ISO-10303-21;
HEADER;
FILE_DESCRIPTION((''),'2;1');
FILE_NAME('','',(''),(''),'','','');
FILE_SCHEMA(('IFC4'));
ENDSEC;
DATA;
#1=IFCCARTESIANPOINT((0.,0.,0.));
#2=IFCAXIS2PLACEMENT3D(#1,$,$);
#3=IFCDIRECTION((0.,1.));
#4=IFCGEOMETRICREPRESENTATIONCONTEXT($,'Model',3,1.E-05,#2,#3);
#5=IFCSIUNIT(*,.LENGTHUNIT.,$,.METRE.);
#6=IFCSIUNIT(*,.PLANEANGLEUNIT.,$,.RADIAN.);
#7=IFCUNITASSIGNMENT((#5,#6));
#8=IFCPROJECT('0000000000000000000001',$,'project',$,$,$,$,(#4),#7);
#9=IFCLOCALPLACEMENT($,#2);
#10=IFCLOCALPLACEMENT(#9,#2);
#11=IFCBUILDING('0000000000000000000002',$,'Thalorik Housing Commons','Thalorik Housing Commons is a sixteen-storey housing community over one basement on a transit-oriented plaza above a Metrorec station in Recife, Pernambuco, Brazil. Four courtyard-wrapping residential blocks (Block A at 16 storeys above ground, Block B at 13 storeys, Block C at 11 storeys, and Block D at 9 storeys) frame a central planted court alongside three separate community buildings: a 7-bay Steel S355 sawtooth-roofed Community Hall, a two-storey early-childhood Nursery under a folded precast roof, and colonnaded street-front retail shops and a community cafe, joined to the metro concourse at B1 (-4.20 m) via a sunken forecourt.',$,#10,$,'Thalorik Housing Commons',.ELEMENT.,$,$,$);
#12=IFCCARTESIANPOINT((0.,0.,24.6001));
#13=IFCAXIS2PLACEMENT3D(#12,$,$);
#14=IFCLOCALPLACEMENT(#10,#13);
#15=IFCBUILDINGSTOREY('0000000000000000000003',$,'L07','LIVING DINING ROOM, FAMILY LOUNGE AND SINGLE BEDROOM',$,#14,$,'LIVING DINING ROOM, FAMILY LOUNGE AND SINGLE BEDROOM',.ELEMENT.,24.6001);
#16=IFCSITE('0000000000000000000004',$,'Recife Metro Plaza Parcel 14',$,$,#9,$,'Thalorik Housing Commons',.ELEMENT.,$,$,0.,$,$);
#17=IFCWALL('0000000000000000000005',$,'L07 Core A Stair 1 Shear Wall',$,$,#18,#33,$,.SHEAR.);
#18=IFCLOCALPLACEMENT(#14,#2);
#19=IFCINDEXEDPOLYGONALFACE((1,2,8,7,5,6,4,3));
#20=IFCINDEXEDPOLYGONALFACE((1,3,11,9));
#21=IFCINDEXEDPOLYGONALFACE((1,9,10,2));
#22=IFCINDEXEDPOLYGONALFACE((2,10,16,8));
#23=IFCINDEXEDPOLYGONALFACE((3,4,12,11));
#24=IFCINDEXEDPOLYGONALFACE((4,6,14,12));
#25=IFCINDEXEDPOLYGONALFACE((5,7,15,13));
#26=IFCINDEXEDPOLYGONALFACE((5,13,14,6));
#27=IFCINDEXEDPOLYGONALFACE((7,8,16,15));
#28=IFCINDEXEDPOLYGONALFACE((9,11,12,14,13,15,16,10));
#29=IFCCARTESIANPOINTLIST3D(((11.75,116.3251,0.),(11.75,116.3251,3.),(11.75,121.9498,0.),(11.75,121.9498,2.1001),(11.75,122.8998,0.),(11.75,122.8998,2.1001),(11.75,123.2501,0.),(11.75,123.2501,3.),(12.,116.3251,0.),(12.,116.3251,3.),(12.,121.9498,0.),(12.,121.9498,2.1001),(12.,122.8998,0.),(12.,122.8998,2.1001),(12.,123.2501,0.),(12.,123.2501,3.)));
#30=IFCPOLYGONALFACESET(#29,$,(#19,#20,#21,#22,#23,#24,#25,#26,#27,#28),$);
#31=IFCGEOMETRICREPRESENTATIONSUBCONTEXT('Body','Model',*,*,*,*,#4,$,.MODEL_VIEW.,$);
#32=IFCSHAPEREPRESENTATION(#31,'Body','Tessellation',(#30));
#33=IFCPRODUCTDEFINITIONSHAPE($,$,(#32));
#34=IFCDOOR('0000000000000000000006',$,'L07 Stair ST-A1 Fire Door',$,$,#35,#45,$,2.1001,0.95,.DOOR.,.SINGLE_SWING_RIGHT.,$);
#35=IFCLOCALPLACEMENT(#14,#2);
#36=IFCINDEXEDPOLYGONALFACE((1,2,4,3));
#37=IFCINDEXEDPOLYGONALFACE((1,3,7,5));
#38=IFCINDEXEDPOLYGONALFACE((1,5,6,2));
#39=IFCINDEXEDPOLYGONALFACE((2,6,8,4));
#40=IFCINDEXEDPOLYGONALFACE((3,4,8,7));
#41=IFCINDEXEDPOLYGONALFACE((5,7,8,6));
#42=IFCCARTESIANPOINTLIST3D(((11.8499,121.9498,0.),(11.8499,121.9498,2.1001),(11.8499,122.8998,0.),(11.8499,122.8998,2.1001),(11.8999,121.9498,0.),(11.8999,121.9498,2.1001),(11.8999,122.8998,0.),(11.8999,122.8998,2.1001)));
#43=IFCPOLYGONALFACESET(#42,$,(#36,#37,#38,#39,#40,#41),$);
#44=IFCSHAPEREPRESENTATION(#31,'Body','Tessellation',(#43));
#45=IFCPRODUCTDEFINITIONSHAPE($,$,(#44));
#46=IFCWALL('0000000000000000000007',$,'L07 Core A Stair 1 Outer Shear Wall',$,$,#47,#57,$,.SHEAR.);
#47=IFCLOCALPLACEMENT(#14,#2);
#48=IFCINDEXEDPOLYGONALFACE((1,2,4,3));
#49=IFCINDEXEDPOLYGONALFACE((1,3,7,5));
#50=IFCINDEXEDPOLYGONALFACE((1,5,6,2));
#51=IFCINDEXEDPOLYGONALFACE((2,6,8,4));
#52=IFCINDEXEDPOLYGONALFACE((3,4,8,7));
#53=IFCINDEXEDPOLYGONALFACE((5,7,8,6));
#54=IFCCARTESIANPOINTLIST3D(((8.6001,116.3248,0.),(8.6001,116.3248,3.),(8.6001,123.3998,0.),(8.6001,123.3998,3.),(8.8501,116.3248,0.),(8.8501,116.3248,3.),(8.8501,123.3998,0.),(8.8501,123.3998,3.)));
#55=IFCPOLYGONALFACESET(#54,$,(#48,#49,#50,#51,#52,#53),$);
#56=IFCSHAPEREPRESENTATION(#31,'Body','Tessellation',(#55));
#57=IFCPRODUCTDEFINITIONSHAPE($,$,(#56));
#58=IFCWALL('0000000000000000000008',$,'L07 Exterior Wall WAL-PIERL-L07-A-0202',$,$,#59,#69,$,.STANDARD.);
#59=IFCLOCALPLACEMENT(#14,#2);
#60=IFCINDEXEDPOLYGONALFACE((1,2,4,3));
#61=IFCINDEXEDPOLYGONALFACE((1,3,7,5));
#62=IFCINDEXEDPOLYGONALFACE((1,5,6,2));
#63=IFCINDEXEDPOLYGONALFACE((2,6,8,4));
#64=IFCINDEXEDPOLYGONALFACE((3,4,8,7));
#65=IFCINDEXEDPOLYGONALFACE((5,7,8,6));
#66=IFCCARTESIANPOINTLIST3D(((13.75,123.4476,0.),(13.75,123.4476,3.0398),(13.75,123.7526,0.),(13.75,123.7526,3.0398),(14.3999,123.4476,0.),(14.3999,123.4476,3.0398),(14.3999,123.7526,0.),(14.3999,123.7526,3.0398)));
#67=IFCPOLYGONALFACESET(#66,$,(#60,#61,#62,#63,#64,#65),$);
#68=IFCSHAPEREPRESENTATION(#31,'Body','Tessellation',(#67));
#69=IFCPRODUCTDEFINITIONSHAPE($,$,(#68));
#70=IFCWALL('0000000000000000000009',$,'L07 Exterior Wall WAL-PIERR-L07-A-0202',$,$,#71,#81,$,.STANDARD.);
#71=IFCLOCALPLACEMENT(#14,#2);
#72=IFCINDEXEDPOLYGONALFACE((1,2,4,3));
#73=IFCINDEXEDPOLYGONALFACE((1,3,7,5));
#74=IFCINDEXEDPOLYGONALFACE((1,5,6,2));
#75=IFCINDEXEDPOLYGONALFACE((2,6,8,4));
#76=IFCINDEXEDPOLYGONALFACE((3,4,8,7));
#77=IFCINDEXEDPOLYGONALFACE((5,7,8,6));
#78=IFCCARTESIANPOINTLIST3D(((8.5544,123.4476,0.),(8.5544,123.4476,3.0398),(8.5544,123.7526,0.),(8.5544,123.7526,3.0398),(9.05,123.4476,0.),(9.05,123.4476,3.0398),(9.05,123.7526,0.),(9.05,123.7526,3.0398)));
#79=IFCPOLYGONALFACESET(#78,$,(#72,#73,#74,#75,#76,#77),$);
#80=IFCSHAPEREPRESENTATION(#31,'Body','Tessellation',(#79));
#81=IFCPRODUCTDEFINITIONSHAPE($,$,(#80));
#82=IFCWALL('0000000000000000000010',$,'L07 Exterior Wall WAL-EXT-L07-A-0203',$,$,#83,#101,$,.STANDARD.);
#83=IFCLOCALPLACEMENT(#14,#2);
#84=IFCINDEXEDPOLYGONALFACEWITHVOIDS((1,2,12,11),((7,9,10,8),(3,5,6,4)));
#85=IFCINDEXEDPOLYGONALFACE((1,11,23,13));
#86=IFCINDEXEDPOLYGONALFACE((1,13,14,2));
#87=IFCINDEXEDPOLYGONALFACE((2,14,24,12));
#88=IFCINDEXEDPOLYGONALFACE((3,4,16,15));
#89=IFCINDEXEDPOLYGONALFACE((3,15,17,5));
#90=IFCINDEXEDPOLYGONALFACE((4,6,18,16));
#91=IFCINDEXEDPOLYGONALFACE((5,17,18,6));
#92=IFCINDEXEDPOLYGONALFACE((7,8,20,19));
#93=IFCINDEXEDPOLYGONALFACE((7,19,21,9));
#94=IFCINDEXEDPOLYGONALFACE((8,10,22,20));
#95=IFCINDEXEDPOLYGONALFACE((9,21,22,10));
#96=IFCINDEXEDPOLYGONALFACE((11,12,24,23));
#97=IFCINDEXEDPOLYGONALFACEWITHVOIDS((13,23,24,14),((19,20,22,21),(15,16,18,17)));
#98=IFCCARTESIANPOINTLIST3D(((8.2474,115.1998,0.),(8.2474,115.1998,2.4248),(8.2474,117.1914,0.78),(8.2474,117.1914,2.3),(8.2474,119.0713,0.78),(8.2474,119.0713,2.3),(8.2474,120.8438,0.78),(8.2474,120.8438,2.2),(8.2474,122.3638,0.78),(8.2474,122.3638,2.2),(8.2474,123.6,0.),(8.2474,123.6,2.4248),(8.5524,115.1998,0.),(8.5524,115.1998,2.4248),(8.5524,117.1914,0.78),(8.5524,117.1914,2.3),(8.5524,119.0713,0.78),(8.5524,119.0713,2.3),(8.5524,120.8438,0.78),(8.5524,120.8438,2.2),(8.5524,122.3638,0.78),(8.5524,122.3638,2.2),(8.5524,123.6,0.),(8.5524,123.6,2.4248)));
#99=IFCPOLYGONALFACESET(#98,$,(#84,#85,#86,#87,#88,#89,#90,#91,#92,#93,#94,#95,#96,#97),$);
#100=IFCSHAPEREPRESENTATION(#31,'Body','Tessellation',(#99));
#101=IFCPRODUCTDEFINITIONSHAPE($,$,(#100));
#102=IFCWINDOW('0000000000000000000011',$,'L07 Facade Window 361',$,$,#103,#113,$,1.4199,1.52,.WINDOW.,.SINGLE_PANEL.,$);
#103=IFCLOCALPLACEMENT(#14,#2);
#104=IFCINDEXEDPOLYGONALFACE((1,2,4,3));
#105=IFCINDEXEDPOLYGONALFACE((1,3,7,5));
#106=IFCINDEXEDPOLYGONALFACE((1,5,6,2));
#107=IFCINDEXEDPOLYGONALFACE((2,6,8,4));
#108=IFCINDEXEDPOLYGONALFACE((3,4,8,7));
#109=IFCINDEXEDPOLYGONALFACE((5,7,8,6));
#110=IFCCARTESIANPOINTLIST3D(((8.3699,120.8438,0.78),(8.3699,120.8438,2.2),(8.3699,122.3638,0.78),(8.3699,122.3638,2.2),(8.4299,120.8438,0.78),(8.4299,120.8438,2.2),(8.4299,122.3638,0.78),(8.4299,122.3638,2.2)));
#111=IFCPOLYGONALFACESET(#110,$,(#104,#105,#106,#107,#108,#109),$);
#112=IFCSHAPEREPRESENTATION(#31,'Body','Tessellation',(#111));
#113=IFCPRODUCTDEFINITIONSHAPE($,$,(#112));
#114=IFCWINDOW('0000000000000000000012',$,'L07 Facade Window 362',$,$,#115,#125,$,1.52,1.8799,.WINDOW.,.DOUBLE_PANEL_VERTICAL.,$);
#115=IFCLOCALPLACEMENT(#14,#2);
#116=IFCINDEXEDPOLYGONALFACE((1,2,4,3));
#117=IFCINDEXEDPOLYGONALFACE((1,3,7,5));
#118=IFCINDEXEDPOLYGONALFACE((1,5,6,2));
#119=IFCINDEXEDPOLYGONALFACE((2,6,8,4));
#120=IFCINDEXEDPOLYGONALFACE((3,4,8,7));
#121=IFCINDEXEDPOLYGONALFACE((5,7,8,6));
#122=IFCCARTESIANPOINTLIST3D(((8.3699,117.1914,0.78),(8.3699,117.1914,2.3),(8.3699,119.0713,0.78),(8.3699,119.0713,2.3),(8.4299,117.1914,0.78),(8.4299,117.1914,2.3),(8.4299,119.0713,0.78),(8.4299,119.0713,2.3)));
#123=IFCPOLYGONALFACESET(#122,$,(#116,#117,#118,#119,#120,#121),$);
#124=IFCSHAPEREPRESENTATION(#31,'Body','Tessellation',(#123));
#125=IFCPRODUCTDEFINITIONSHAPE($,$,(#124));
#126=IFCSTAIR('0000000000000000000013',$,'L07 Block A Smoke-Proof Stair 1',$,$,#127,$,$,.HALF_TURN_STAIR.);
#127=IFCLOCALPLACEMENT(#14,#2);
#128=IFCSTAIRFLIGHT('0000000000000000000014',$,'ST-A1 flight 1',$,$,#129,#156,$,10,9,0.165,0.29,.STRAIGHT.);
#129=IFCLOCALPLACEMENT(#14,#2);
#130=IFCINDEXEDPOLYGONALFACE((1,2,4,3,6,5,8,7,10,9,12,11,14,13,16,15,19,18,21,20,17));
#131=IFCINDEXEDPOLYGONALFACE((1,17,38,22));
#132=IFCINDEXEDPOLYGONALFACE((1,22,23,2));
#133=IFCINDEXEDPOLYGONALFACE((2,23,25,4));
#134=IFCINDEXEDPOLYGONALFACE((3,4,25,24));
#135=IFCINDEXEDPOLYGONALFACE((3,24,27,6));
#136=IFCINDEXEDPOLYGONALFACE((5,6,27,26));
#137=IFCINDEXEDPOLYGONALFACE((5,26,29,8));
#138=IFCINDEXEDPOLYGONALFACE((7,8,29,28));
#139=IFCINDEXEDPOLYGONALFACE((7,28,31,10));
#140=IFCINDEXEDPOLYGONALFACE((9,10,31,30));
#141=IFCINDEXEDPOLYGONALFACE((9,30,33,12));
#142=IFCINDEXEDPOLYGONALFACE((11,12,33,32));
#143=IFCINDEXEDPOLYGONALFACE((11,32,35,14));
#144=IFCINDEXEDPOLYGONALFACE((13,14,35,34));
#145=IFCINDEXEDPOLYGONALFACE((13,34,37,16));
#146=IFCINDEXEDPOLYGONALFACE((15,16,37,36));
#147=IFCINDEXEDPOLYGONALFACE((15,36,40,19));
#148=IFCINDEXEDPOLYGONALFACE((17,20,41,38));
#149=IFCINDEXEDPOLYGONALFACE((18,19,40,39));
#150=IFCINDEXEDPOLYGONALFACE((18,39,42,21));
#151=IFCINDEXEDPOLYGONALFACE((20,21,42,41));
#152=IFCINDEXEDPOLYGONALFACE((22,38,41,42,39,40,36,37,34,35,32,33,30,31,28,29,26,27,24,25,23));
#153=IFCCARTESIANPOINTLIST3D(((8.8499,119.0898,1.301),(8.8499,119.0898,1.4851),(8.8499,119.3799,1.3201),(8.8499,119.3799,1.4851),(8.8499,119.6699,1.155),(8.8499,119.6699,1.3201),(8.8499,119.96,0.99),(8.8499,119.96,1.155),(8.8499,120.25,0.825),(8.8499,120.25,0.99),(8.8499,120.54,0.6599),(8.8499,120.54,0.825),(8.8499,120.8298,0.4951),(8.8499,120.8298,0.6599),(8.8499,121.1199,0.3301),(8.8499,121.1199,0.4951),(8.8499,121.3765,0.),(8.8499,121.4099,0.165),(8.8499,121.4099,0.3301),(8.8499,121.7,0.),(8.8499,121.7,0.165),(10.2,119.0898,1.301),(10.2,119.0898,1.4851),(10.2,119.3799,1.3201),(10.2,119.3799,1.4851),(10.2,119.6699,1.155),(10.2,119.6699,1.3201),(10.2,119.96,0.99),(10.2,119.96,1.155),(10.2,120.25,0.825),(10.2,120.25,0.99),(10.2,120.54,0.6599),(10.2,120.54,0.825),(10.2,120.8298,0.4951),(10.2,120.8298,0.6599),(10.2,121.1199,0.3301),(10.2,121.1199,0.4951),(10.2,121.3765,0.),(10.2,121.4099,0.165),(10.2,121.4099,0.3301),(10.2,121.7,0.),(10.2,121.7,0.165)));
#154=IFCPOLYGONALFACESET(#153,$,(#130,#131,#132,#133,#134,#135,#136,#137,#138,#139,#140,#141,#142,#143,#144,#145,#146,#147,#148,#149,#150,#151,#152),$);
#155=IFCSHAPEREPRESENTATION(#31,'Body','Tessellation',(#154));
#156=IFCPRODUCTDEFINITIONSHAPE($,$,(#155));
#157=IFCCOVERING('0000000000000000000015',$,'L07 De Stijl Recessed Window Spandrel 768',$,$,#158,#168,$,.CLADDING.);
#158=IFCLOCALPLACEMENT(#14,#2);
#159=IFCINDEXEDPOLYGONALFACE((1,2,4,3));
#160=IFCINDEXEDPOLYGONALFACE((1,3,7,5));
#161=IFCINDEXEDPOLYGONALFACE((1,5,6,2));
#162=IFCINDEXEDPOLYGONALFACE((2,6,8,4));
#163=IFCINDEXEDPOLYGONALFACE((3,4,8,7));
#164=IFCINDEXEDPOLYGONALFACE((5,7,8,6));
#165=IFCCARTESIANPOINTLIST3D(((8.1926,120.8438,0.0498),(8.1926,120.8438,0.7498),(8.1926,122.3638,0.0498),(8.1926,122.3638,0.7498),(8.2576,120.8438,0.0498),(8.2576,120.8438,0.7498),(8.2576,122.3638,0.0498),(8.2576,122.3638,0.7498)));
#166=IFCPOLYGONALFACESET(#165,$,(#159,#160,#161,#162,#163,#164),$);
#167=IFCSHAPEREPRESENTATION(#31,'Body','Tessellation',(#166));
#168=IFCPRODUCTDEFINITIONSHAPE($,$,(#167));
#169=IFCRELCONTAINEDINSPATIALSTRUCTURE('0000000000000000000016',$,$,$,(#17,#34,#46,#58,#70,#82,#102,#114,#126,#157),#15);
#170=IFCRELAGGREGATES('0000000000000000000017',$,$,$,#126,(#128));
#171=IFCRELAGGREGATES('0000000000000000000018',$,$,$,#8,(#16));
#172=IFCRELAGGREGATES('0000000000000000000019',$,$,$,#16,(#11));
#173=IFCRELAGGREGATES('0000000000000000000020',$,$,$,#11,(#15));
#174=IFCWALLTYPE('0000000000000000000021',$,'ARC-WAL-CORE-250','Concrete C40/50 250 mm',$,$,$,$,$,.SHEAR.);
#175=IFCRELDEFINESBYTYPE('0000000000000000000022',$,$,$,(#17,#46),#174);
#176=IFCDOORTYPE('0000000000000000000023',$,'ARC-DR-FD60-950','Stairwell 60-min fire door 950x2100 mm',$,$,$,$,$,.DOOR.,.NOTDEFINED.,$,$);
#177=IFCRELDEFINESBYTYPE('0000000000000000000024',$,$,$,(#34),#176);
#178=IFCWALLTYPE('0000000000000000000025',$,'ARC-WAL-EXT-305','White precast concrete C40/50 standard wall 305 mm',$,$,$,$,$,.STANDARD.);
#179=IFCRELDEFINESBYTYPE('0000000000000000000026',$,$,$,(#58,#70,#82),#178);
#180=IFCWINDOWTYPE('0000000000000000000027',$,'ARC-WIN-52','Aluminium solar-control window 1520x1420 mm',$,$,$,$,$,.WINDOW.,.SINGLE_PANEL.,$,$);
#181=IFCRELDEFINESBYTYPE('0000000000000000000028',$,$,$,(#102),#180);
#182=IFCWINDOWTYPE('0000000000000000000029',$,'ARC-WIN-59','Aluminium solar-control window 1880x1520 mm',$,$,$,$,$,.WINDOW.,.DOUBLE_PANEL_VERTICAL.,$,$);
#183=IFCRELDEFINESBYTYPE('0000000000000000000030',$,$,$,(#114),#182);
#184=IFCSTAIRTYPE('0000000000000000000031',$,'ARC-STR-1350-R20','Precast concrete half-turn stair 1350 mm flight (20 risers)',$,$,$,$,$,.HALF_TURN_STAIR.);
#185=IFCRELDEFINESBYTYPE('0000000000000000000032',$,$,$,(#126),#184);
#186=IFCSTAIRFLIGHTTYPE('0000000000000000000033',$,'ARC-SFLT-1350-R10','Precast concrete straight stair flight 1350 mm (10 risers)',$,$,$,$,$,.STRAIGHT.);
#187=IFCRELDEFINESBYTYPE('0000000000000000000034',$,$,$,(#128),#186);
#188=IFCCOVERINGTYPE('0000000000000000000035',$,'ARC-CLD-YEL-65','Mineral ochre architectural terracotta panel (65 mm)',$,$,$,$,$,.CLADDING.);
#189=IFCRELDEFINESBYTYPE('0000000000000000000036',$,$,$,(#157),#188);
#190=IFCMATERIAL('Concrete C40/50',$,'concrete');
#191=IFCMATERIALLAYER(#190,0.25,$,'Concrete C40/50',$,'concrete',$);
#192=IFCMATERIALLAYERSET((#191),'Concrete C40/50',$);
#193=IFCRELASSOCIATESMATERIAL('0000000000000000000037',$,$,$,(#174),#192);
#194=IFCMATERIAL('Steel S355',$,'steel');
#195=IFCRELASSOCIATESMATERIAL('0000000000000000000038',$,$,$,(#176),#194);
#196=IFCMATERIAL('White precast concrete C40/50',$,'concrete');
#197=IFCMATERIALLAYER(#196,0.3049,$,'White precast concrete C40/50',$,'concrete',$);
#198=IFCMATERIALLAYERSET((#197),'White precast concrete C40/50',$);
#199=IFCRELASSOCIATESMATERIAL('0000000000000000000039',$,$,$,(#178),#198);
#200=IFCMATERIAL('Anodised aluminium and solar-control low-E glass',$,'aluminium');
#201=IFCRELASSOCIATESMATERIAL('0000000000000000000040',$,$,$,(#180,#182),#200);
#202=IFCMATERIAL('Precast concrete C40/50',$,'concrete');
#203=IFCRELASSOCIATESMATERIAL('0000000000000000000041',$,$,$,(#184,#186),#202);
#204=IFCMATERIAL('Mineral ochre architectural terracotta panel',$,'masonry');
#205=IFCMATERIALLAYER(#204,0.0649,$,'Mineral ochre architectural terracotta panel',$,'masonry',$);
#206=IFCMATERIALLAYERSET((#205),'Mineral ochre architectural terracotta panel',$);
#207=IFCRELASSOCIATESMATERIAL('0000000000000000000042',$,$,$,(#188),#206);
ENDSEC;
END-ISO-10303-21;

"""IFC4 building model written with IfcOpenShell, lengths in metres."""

from ifc_helpers import new_model, si_unit, direction, frame, frame_2d, origin, origin_2d, place, context, subcontext, project, spatial, polyline, rectangle, outline, extrude, material, layer, layer_set, type_object, element, fill, aggregate, save


model = new_model("IFC4")

# Units and contexts
model_context = context("Model", 3, precision=1e-05, world=origin(), true_north=direction((0.0, 1.0)))
body_context = subcontext(model_context, "Body", "Model", "MODEL_VIEW")
ifc_project = project(units=[si_unit("LENGTHUNIT", "METRE"), si_unit("PLANEANGLEUNIT", "RADIAN")], contexts=[model_context])

# Site, building, storey
site_placement = place(None, origin())
site = spatial("IfcSite", under=ifc_project, at=site_placement, Name="Recife Metro Plaza Parcel 14", LongName="Thalorik Housing Commons", CompositionType="ELEMENT", RefElevation=0.0)
building_placement = place(site_placement, origin())
building = spatial("IfcBuilding", under=site, at=building_placement, Name="Thalorik Housing Commons", Description="Thalorik Housing Commons is a sixteen-storey housing community over one basement on a transit-oriented plaza above a Metrorec station in Recife, Pernambuco, Brazil. Four courtyard-wrapping residential blocks (Block A at 16 storeys above ground, Block B at 13 storeys, Block C at 11 storeys, and Block D at 9 storeys) frame a central planted court alongside three separate community buildings: a 7-bay Steel S355 sawtooth-roofed Community Hall, a two-storey early-childhood Nursery under a folded precast roof, and colonnaded street-front retail shops and a community cafe, joined to the metro concourse at B1 (-4.20 m) via a sunken forecourt.", LongName="Thalorik Housing Commons", CompositionType="ELEMENT")
storey_placement = place(building_placement, frame((0.0, 0.0, 24.6001)))
storey = spatial("IfcBuildingStorey", under=building, at=storey_placement, Name="L07", Description="LIVING DINING ROOM, FAMILY LOUNGE AND SINGLE BEDROOM", LongName="LIVING DINING ROOM, FAMILY LOUNGE AND SINGLE BEDROOM", CompositionType="ELEMENT", Elevation=24.6001)

# Shared definitions
ifc_material_1 = material(Name="Precast concrete C40/50", Category="concrete")

# Shared definitions
ifc_material_2 = material(Name="Anodised aluminium and solar-control low-E glass", Category="aluminium")

# Wall, opening, door
ifc_material_3 = material(Name="Concrete C40/50", Category="concrete")
ifc_layer_1 = layer(ifc_material_3, 0.25, Name="Concrete C40/50", Category="concrete")
ifc_layer_set_1 = layer_set([ifc_layer_1], Name="Concrete C40/50")
wall_type_1 = type_object("IfcWallType", Name="ARC-WAL-CORE-250", Description="Concrete C40/50 250 mm", PredefinedType="SHEAR", material=ifc_layer_set_1)
wall_1_placement = place(storey_placement, frame((11.875, 123.25, 0.0), z_axis=(0.0, 0.0, 1.0), x_axis=(0.0, -1.0, 0.0)))
wall_1 = element("IfcWall", 1, at=wall_1_placement, inside=storey, type_object=wall_type_1, Name="L07 Core A Stair 1 Shear Wall", PredefinedType="SHEAR", context=body_context, shape_type="SweptSolid", body=[
    extrude(rectangle(XDim=6.925, YDim=0.25, at=frame_2d((3.4624, 0.0))), origin(), (0.0, 0.0, 1.0), 3.0),
])
opening_1_placement = place(wall_1_placement, frame((0.3501, 0.0, 0.0)))
opening_1 = element("IfcOpeningElement", 2, at=opening_1_placement, cuts=wall_1, PredefinedType="OPENING", context=body_context, shape_type="SweptSolid", body=[
    extrude(rectangle(XDim=0.95, YDim=2.1001, at=frame_2d((0.4751, 1.05))), frame((0.0, 0.135, 0.0), z_axis=(0.0, -1.0, 0.0), x_axis=(1.0, 0.0, 0.0)), (0.0, 0.0, 1.0), 0.27),
])
ifc_material_4 = material(Name="Steel S355", Category="steel")
door_type = type_object("IfcDoorType", Name="ARC-DR-FD60-950", Description="Stairwell 60-min fire door 950x2100 mm", OperationType="NOTDEFINED", PredefinedType="DOOR", material=ifc_material_4)
door_placement = place(opening_1_placement, origin())
door = element("IfcDoor", 3, at=door_placement, inside=storey, type_object=door_type, Name="L07 Stair ST-A1 Fire Door", OperationType="SINGLE_SWING_RIGHT", OverallHeight=2.1001, OverallWidth=0.95, PredefinedType="DOOR", context=body_context, shape_type="SweptSolid", body=[
    extrude(rectangle(XDim=0.95, YDim=2.1001, at=frame_2d((0.4751, 1.05))), frame((0.0, 0.0249, 0.0), z_axis=(0.0, -1.0, 0.0), x_axis=(1.0, 0.0, 0.0)), (0.0, 0.0, 1.0), 0.05),
])
fill(opening_1, door)

# Walls
wall_2_placement = place(storey_placement, frame((8.7251, 123.3999, 0.0), z_axis=(0.0, 0.0, 1.0), x_axis=(0.0, -1.0, 0.0)))
element("IfcWall", 4, at=wall_2_placement, inside=storey, type_object=wall_type_1, Name="L07 Core A Stair 1 Outer Shear Wall", PredefinedType="SHEAR", context=body_context, shape_type="SweptSolid", body=[
    extrude(rectangle(XDim=7.075, YDim=0.25, at=frame_2d((3.5376, 0.0))), origin(), (0.0, 0.0, 1.0), 3.0),
])
ifc_material_5 = material(Name="White precast concrete C40/50", Category="concrete")
ifc_layer_2 = layer(ifc_material_5, 0.3049, Name="White precast concrete C40/50", Category="concrete")
ifc_layer_set_2 = layer_set([ifc_layer_2], Name="White precast concrete C40/50")
wall_type_2 = type_object("IfcWallType", Name="ARC-WAL-EXT-305", Description="White precast concrete C40/50 standard wall 305 mm", PredefinedType="STANDARD", material=ifc_layer_set_2)
wall_3_placement = place(storey_placement, frame((14.3999, 123.6001, 0.0), z_axis=(0.0, 0.0, 1.0), x_axis=(-1.0, 0.0, 0.0)))
element("IfcWall", 5, at=wall_3_placement, inside=storey, type_object=wall_type_2, Name="L07 Exterior Wall WAL-PIERL-L07-A-0202", PredefinedType="STANDARD", context=body_context, shape_type="SweptSolid", body=[
    extrude(rectangle(XDim=0.6499, YDim=0.3049, at=frame_2d((0.325, 0.0))), origin(), (0.0, 0.0, 1.0), 3.0398),
])
wall_4_placement = place(storey_placement, frame((9.05, 123.6001, 0.0), z_axis=(0.0, 0.0, 1.0), x_axis=(-1.0, 0.0, 0.0)))
element("IfcWall", 6, at=wall_4_placement, inside=storey, type_object=wall_type_2, Name="L07 Exterior Wall WAL-PIERR-L07-A-0202", PredefinedType="STANDARD", context=body_context, shape_type="SweptSolid", body=[
    extrude(rectangle(XDim=0.4956, YDim=0.3049, at=frame_2d((0.2478, 0.0))), origin(), (0.0, 0.0, 1.0), 3.0398),
])

# Wall, openings, windows
wall_5_placement = place(storey_placement, frame((8.3999, 123.6001, 0.0), z_axis=(0.0, 0.0, 1.0), x_axis=(0.0, -1.0, 0.0)))
wall_5 = element("IfcWall", 7, at=wall_5_placement, inside=storey, type_object=wall_type_2, Name="L07 Exterior Wall WAL-EXT-L07-A-0203", PredefinedType="STANDARD", context=body_context, shape_type="SweptSolid", body=[
    extrude(rectangle(XDim=8.4001, YDim=0.3049, at=frame_2d((4.2002, 0.0))), origin(), (0.0, 0.0, 1.0), 2.4248),
])
opening_2_placement = place(wall_5_placement, frame((1.2363, 0.0, 0.78)))
opening_2 = element("IfcOpeningElement", 8, at=opening_2_placement, cuts=wall_5, PredefinedType="OPENING", context=body_context, shape_type="SweptSolid", body=[
    extrude(rectangle(XDim=1.52, YDim=1.4199, at=frame_2d((0.76, 0.71))), frame((0.0, 0.1626, 0.0), z_axis=(0.0, -1.0, 0.0), x_axis=(1.0, 0.0, 0.0)), (0.0, 0.0, 1.0), 0.325),
])
opening_3_placement = place(wall_5_placement, frame((4.5288, 0.0, 0.78)))
opening_3 = element("IfcOpeningElement", 9, at=opening_3_placement, cuts=wall_5, PredefinedType="OPENING", context=body_context, shape_type="SweptSolid", body=[
    extrude(rectangle(XDim=1.8799, YDim=1.52, at=frame_2d((0.9399, 0.76))), frame((0.0, 0.1626, 0.0), z_axis=(0.0, -1.0, 0.0), x_axis=(1.0, 0.0, 0.0)), (0.0, 0.0, 1.0), 0.325),
])
window_type_1 = type_object("IfcWindowType", Name="ARC-WIN-52", Description="Aluminium solar-control window 1520x1420 mm", PartitioningType="SINGLE_PANEL", PredefinedType="WINDOW", material=ifc_material_2)
window_1_placement = place(opening_2_placement, origin())
window_1 = element("IfcWindow", 10, at=window_1_placement, inside=storey, type_object=window_type_1, Name="L07 Facade Window 361", OverallHeight=1.4199, OverallWidth=1.52, PartitioningType="SINGLE_PANEL", PredefinedType="WINDOW", context=body_context, shape_type="SweptSolid", body=[
    extrude(rectangle(XDim=1.52, YDim=1.4199, at=frame_2d((0.76, 0.71))), frame((0.0, 0.03, 0.0), z_axis=(0.0, -1.0, 0.0), x_axis=(1.0, 0.0, 0.0)), (0.0, 0.0, 1.0), 0.0601),
])
fill(opening_2, window_1)
window_type_2 = type_object("IfcWindowType", Name="ARC-WIN-59", Description="Aluminium solar-control window 1880x1520 mm", PartitioningType="DOUBLE_PANEL_VERTICAL", PredefinedType="WINDOW", material=ifc_material_2)
window_2_placement = place(opening_3_placement, origin())
window_2 = element("IfcWindow", 11, at=window_2_placement, inside=storey, type_object=window_type_2, Name="L07 Facade Window 362", OverallHeight=1.52, OverallWidth=1.8799, PartitioningType="DOUBLE_PANEL_VERTICAL", PredefinedType="WINDOW", context=body_context, shape_type="SweptSolid", body=[
    extrude(rectangle(XDim=1.8799, YDim=1.52, at=frame_2d((0.9399, 0.76))), frame((0.0, 0.03, 0.0), z_axis=(0.0, -1.0, 0.0), x_axis=(1.0, 0.0, 0.0)), (0.0, 0.0, 1.0), 0.0601),
])
fill(opening_3, window_2)

# Stair, stair flight
stair_type = type_object("IfcStairType", Name="ARC-STR-1350-R20", Description="Precast concrete half-turn stair 1350 mm flight (20 risers)", PredefinedType="HALF_TURN_STAIR", material=ifc_material_1)
stair_placement = place(storey_placement, origin())
stair = element("IfcStair", 12, at=stair_placement, inside=storey, type_object=stair_type, Name="L07 Block A Smoke-Proof Stair 1", PredefinedType="HALF_TURN_STAIR")
stair_flight_type = type_object("IfcStairFlightType", Name="ARC-SFLT-1350-R10", Description="Precast concrete straight stair flight 1350 mm (10 risers)", PredefinedType="STRAIGHT", material=ifc_material_1)
stair_flight_placement = place(storey_placement, frame((9.5249, 121.7, 0.0), z_axis=(0.0, 0.0, 1.0), x_axis=(0.0, -1.0, 0.0)))
stair_flight = element("IfcStairFlight", 13, at=stair_flight_placement, type_object=stair_flight_type, Name="ST-A1 flight 1", NumberOfRisers=10, NumberOfTreads=9, PredefinedType="STRAIGHT", RiserHeight=0.165, TreadLength=0.29, context=body_context, shape_type="SweptSolid", body=[
    extrude(outline(polyline([(0.0, 0.0), (0.0, 0.165), (0.29, 0.165), (0.29, 0.3301), (0.5801, 0.3301), (0.5801, 0.4951), (0.8701, 0.4951), (0.8701, 0.6599), (1.1599, 0.6599), (1.1599, 0.825), (1.45, 0.825), (1.45, 0.99), (1.74, 0.99), (1.74, 1.155), (2.03, 1.155), (2.03, 1.3201), (2.3201, 1.3201), (2.3201, 1.4851), (2.6101, 1.4851), (2.6101, 1.6499), (2.6101, 1.301), (0.3235, 0.0), (0.0, 0.0)])), frame((0.0, 0.675, 0.0), z_axis=(0.0, -1.0, 0.0), x_axis=(1.0, 0.0, 0.0)), (0.0, 0.0, 1.0), 1.3501),
])
aggregate(stair, [stair_flight])

# Covering
ifc_material_6 = material(Name="Mineral ochre architectural terracotta panel", Category="masonry")
ifc_layer_3 = layer(ifc_material_6, 0.0649, Name="Mineral ochre architectural terracotta panel", Category="masonry")
ifc_layer_set_3 = layer_set([ifc_layer_3], Name="Mineral ochre architectural terracotta panel")
covering_type = type_object("IfcCoveringType", Name="ARC-CLD-YEL-65", Description="Mineral ochre architectural terracotta panel (65 mm)", PredefinedType="CLADDING", material=ifc_layer_set_3)
covering_placement = place(storey_placement, frame((8.2251, 121.6038, 0.0498), z_axis=(0.0, 0.0, 1.0), x_axis=(0.0, -1.0, 0.0)))
element("IfcCovering", 14, at=covering_placement, inside=storey, type_object=covering_type, Name="L07 De Stijl Recessed Window Spandrel 768", PredefinedType="CLADDING", context=body_context, shape_type="SweptSolid", body=[
    extrude(rectangle(XDim=1.52, YDim=0.0649, at=origin_2d()), origin(), (0.0, 0.0, 1.0), 0.7),
])

save(model, "model.ifc")
